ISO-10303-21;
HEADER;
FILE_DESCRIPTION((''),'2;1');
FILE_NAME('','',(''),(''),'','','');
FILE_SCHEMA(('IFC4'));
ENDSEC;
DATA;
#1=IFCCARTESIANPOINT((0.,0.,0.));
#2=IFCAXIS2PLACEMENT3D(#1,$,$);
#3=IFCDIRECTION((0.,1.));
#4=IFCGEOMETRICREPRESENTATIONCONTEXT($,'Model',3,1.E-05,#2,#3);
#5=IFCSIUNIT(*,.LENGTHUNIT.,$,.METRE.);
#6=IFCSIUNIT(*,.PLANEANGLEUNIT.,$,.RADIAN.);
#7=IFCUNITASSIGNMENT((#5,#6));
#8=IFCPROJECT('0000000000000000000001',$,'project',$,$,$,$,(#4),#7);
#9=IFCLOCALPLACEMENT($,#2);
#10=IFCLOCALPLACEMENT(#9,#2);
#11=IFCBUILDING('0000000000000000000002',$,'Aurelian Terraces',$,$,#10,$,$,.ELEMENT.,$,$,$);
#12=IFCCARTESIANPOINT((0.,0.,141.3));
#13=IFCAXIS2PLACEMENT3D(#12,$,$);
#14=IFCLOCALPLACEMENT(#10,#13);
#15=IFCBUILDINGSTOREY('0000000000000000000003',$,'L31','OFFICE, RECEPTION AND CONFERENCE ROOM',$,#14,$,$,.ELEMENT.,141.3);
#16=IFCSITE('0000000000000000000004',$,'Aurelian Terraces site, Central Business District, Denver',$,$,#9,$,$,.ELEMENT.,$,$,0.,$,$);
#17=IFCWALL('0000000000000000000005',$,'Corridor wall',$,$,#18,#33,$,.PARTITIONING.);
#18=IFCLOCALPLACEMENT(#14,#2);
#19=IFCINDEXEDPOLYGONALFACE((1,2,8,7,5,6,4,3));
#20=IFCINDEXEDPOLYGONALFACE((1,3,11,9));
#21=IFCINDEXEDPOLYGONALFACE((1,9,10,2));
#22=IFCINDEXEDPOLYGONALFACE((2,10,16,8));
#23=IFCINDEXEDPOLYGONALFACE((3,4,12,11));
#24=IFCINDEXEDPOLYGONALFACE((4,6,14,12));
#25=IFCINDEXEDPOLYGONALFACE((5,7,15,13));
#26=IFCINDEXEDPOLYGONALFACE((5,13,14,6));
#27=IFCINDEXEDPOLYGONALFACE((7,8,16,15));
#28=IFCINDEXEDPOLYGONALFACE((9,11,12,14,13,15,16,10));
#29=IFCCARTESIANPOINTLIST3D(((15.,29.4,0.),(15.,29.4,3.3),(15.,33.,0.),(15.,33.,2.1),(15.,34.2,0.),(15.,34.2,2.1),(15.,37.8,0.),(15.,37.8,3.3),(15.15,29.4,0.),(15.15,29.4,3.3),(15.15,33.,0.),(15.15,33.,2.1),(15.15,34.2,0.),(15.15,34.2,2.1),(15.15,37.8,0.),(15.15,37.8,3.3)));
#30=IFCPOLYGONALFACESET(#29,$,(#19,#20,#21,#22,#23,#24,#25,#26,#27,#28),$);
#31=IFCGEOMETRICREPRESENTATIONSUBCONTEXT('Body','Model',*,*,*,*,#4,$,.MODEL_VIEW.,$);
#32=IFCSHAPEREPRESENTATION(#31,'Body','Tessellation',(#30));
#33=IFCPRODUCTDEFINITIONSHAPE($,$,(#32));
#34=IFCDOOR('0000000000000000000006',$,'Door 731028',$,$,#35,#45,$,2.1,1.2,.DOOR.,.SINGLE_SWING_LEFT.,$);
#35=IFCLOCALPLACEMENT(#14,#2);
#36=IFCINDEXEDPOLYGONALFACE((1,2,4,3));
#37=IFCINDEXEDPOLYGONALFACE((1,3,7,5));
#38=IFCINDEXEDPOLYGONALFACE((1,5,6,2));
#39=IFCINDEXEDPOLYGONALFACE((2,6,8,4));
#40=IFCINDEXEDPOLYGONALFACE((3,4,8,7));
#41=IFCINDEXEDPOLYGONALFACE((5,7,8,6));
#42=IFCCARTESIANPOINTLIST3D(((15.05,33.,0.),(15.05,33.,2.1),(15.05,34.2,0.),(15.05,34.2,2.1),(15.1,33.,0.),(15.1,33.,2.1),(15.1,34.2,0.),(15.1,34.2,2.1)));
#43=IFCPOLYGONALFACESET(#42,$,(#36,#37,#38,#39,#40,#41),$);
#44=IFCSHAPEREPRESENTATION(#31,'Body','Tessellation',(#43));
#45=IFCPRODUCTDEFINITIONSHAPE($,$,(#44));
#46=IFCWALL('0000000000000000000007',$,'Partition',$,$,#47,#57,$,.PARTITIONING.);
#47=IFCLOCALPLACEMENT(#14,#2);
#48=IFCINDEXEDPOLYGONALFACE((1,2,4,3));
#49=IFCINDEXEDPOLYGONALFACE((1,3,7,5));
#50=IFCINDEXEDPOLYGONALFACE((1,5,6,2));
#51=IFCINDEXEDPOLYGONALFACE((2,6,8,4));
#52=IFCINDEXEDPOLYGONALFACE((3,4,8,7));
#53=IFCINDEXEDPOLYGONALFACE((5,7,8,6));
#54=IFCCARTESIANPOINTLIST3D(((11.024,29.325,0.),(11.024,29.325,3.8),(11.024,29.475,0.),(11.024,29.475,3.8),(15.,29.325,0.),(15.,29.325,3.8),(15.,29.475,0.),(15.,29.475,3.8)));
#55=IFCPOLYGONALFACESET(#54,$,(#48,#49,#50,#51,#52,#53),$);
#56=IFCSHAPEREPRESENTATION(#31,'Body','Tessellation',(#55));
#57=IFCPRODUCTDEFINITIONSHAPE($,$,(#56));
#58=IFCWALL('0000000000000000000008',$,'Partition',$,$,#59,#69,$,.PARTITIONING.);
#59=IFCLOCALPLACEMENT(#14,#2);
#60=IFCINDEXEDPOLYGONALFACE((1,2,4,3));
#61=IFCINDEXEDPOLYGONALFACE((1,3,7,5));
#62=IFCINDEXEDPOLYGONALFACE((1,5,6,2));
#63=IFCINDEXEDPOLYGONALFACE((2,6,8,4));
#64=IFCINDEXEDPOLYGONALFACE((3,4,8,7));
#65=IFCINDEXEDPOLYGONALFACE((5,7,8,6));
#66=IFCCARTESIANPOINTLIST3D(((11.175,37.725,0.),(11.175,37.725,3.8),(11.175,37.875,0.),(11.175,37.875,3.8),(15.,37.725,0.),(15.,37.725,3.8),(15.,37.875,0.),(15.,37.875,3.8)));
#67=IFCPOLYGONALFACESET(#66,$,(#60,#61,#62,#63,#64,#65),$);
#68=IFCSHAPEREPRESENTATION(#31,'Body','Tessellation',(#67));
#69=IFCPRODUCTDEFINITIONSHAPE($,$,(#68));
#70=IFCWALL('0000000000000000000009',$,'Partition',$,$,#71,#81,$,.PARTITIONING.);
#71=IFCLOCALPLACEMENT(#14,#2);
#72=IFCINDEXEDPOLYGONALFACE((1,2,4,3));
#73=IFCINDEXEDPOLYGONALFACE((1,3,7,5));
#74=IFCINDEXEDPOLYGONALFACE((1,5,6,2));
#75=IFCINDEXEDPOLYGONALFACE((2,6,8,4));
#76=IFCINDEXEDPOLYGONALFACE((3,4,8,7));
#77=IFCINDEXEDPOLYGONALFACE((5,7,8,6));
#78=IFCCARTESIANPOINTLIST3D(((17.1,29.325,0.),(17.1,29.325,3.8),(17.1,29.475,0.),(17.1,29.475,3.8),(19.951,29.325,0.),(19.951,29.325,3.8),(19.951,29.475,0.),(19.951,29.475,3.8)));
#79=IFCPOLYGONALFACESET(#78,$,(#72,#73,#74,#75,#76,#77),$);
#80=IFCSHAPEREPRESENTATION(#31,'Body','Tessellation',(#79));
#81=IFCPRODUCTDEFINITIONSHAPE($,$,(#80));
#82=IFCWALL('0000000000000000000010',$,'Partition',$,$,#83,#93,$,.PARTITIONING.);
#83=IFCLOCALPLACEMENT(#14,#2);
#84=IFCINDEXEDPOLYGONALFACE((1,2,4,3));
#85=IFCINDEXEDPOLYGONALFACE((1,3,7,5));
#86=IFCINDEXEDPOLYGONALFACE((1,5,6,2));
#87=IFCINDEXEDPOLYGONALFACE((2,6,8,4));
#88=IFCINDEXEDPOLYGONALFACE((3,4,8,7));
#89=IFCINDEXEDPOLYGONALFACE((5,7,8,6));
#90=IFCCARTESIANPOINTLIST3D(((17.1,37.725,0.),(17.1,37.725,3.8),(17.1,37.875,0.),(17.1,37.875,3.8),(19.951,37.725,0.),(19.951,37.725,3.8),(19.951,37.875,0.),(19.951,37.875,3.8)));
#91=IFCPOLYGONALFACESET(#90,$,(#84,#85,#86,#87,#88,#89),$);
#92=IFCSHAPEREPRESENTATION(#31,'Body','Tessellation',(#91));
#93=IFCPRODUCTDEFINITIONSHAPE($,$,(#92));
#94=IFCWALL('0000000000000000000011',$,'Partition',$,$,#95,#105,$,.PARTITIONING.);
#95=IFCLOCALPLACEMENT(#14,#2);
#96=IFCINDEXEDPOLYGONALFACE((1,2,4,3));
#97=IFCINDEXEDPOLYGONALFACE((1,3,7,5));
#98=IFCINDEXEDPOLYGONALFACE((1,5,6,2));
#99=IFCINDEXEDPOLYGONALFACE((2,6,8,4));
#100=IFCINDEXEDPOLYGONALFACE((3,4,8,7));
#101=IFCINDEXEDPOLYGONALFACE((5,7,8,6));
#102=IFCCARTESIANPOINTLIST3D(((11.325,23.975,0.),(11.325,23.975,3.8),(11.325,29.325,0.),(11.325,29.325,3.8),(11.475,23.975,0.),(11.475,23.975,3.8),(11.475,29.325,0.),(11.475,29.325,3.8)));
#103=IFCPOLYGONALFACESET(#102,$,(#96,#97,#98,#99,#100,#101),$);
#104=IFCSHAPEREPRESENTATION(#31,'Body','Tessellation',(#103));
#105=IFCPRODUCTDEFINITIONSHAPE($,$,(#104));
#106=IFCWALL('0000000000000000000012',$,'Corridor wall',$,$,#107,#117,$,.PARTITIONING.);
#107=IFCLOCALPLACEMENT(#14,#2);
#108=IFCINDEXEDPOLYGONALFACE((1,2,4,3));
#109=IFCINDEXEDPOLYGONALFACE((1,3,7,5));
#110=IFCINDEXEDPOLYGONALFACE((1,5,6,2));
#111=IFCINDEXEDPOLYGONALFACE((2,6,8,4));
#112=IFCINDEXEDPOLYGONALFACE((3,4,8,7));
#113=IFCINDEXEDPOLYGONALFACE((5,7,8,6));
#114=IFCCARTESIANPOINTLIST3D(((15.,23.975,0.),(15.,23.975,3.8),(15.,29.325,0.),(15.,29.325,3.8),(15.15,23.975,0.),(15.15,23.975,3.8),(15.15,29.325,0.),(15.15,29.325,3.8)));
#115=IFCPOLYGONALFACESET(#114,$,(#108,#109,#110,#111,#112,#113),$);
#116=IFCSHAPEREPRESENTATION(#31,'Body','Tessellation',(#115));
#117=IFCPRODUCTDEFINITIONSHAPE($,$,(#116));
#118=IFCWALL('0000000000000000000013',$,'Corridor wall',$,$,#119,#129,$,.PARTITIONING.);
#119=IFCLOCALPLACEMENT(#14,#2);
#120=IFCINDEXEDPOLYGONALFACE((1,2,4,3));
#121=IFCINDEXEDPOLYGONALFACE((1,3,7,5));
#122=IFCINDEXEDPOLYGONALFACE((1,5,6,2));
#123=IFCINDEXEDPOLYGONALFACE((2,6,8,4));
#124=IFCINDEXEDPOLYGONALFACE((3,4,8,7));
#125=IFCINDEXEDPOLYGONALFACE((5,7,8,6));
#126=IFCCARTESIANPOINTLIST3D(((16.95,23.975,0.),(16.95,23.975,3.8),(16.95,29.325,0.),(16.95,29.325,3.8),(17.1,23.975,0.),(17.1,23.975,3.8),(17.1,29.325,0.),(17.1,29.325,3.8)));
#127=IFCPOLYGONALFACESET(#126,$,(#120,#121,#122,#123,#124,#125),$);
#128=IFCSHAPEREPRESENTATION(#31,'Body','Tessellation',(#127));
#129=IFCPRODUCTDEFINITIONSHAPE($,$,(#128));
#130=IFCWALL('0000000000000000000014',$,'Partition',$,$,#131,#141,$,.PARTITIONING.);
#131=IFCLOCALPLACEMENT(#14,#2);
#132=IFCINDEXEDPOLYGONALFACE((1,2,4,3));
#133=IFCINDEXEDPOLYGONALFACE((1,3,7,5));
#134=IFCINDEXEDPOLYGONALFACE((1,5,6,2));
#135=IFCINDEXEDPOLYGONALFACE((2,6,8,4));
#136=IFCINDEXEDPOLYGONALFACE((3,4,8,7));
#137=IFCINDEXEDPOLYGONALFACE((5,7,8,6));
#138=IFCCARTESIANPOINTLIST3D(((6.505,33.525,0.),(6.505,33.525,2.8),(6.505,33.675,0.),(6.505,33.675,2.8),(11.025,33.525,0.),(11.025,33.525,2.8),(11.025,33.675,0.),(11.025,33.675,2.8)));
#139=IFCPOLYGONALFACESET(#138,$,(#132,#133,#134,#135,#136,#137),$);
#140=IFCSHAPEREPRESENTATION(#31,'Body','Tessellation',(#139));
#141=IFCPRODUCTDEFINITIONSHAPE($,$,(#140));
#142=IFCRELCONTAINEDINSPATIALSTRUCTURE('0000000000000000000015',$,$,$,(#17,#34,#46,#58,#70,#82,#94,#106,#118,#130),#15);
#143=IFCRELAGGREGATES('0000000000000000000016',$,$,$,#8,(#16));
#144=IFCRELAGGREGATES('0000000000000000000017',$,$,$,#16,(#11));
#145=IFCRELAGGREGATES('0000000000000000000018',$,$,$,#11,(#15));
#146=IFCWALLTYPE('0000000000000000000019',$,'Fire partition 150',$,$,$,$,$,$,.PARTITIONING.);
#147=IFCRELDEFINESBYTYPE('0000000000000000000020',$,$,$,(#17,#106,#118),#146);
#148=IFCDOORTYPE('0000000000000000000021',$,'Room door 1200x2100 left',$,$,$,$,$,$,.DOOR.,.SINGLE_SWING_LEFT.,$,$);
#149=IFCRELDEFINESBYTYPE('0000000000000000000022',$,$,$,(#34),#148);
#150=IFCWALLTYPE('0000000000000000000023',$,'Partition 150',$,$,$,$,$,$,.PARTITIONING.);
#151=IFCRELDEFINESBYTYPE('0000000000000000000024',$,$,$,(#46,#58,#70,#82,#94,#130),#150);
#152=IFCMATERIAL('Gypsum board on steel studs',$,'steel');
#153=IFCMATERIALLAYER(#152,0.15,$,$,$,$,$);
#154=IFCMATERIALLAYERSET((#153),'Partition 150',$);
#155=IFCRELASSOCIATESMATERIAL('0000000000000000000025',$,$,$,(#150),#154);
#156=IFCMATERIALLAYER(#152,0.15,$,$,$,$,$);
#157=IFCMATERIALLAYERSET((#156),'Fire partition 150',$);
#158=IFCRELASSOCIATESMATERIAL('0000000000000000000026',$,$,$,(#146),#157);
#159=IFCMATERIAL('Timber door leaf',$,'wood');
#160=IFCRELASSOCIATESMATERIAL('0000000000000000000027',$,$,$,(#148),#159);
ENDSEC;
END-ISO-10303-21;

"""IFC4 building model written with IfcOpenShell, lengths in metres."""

from ifc_helpers import new_model, si_unit, direction, frame, frame_2d, origin, place, context, subcontext, project, spatial, rectangle, extrude, source, transform, mapped, material, layer, layer_set, type_object, element, fill, save


model = new_model("IFC4")

# Units and contexts
model_context = context("Model", 3, precision=1e-05, world=origin(), true_north=direction((0.0, 1.0)))
body_context = subcontext(model_context, "Body", "Model", "MODEL_VIEW")
ifc_project = project(units=[si_unit("LENGTHUNIT", "METRE"), si_unit("PLANEANGLEUNIT", "RADIAN")], contexts=[model_context])

# Site, building, storey
site_placement = place(None, origin())
site = spatial("IfcSite", under=ifc_project, at=site_placement, Name="Aurelian Terraces site, Central Business District, Denver", CompositionType="ELEMENT", RefElevation=0.0)
building_placement = place(site_placement, origin())
building = spatial("IfcBuilding", under=site, at=building_placement, Name="Aurelian Terraces", CompositionType="ELEMENT")
storey_placement = place(building_placement, frame((0.0, 0.0, 141.3)))
storey = spatial("IfcBuildingStorey", under=building, at=storey_placement, Name="L31", Description="OFFICE, RECEPTION AND CONFERENCE ROOM", CompositionType="ELEMENT", Elevation=141.3)

# Shared definitions
ifc_material_1 = material(Name="Gypsum board on steel studs", Category="steel")
ifc_layer_1 = layer(ifc_material_1, 0.15)
ifc_layer_set_1 = layer_set([ifc_layer_1], Name="Partition 150")
wall_type_1 = type_object("IfcWallType", Name="Partition 150", PredefinedType="PARTITIONING", material=ifc_layer_set_1)
ifc_material_2 = material(Name="Timber door leaf", Category="wood")

# Shared definitions
shared_shape_1 = source(origin(), body_context, "Body", "SweptSolid", [
    extrude(rectangle(XDim=8.4, YDim=0.15, at=frame_2d((4.2, 0.0))), origin(), (0.0, 0.0, 1.0), 3.3),
])

# Wall, opening, door
ifc_layer_2 = layer(ifc_material_1, 0.15)
ifc_layer_set_2 = layer_set([ifc_layer_2], Name="Fire partition 150")
wall_type_2 = type_object("IfcWallType", Name="Fire partition 150", PredefinedType="PARTITIONING", material=ifc_layer_set_2)
wall_1_placement = place(storey_placement, frame((15.075, 29.4, 0.0), z_axis=(0.0, 0.0, 1.0), x_axis=(0.0, 1.0, 0.0)))
wall_1 = element("IfcWall", 1, at=wall_1_placement, inside=storey, type_object=wall_type_2, Name="Corridor wall", PredefinedType="PARTITIONING", context=body_context, shape_type="MappedRepresentation", body=[
    mapped(shared_shape_1, transform((0.0, 0.0, 0.0), scale=1.0)),
])
shared_shape_2 = source(origin(), body_context, "Body", "SweptSolid", [
    extrude(rectangle(XDim=1.2, YDim=2.1, at=frame_2d((0.6, 1.05))), frame((0.0, 0.085, 0.0), z_axis=(0.0, -1.0, 0.0), x_axis=(1.0, 0.0, 0.0)), (0.0, 0.0, 1.0), 0.17),
])
opening_1_placement = place(wall_1_placement, frame((3.6, 0.0, 0.0)))
opening_1 = element("IfcOpeningElement", 2, at=opening_1_placement, cuts=wall_1, PredefinedType="OPENING", context=body_context, shape_type="MappedRepresentation", body=[
    mapped(shared_shape_2, transform((0.0, 0.0, 0.0), scale=1.0)),
])
door_type_1 = type_object("IfcDoorType", Name="Room door 1200x2100 left", OperationType="SINGLE_SWING_LEFT", PredefinedType="DOOR", material=ifc_material_2)
shared_shape_3 = source(origin(), body_context, "Body", "SweptSolid", [
    extrude(rectangle(XDim=1.2, YDim=2.1, at=frame_2d((0.6, 1.05))), frame((0.0, 0.025, 0.0), z_axis=(0.0, -1.0, 0.0), x_axis=(1.0, 0.0, 0.0)), (0.0, 0.0, 1.0), 0.05),
])
door_1_placement = place(opening_1_placement, origin())
door_1 = element("IfcDoor", 3, at=door_1_placement, inside=storey, type_object=door_type_1, Name="Door 731028", OperationType="SINGLE_SWING_LEFT", OverallHeight=2.1, OverallWidth=1.2, PredefinedType="DOOR", context=body_context, shape_type="MappedRepresentation", body=[
    mapped(shared_shape_3, transform((0.0, 0.0, 0.0), scale=1.0)),
])
fill(opening_1, door_1)

# Walls
shared_shape_4 = source(origin(), body_context, "Body", "SweptSolid", [
    extrude(rectangle(XDim=3.976, YDim=0.15, at=frame_2d((1.988, 0.0))), origin(), (0.0, 0.0, 1.0), 3.8),
])
wall_2_placement = place(storey_placement, frame((15.0, 29.4, 0.0), z_axis=(0.0, 0.0, 1.0), x_axis=(-1.0, 0.0, 0.0)))
element("IfcWall", 4, at=wall_2_placement, inside=storey, type_object=wall_type_1, Name="Partition", PredefinedType="PARTITIONING", context=body_context, shape_type="MappedRepresentation", body=[
    mapped(shared_shape_4, transform((0.0, 0.0, 0.0), scale=1.0)),
])
shared_shape_5 = source(origin(), body_context, "Body", "SweptSolid", [
    extrude(rectangle(XDim=3.825, YDim=0.15, at=frame_2d((1.9125, 0.0))), origin(), (0.0, 0.0, 1.0), 3.8),
])
wall_3_placement = place(storey_placement, frame((15.0, 37.8, 0.0), z_axis=(0.0, 0.0, 1.0), x_axis=(-1.0, 0.0, 0.0)))
element("IfcWall", 5, at=wall_3_placement, inside=storey, type_object=wall_type_1, Name="Partition", PredefinedType="PARTITIONING", context=body_context, shape_type="MappedRepresentation", body=[
    mapped(shared_shape_5, transform((0.0, 0.0, 0.0), scale=1.0)),
])
shared_shape_6 = source(origin(), body_context, "Body", "SweptSolid", [
    extrude(rectangle(XDim=2.851, YDim=0.15, at=frame_2d((1.4255, 0.0))), origin(), (0.0, 0.0, 1.0), 3.8),
])
for number, where, z_axis, x_axis, name in (
    (6, (19.951, 29.4, 0.0), (0.0, 0.0, 1.0), (-1.0, 0.0, 0.0), "Partition"),
    (7, (19.951, 37.8, 0.0), (0.0, 0.0, 1.0), (-1.0, 0.0, 0.0), "Partition"),
):
    element("IfcWall", number, at=place(storey_placement, frame(where, z_axis=z_axis, x_axis=x_axis)), inside=storey, type_object=wall_type_1, Name=name, PredefinedType="PARTITIONING", context=body_context, shape_type="MappedRepresentation", body=[
        mapped(shared_shape_6, transform((0.0, 0.0, 0.0), scale=1.0)),
    ])
shared_shape_7 = source(origin(), body_context, "Body", "SweptSolid", [
    extrude(rectangle(XDim=5.35, YDim=0.15, at=frame_2d((2.675, 0.0))), origin(), (0.0, 0.0, 1.0), 3.8),
])
wall_4_placement = place(storey_placement, frame((11.4, 23.975, 0.0), z_axis=(0.0, 0.0, 1.0), x_axis=(0.0, 1.0, 0.0)))
element("IfcWall", 8, at=wall_4_placement, inside=storey, type_object=wall_type_1, Name="Partition", PredefinedType="PARTITIONING", context=body_context, shape_type="MappedRepresentation", body=[
    mapped(shared_shape_7, transform((0.0, 0.0, 0.0), scale=1.0)),
])
for number, where, z_axis, x_axis, name in (
    (9, (15.075, 23.975, 0.0), (0.0, 0.0, 1.0), (0.0, 1.0, 0.0), "Corridor wall"),
    (10, (17.025, 29.325, 0.0), (0.0, 0.0, 1.0), (0.0, -1.0, 0.0), "Corridor wall"),
):
    element("IfcWall", number, at=place(storey_placement, frame(where, z_axis=z_axis, x_axis=x_axis)), inside=storey, type_object=wall_type_2, Name=name, PredefinedType="PARTITIONING", context=body_context, shape_type="MappedRepresentation", body=[
        mapped(shared_shape_7, transform((0.0, 0.0, 0.0), scale=1.0)),
    ])
shared_shape_8 = source(origin(), body_context, "Body", "SweptSolid", [
    extrude(rectangle(XDim=4.52, YDim=0.15, at=frame_2d((2.26, 0.0))), origin(), (0.0, 0.0, 1.0), 2.8),
])
wall_5_placement = place(storey_placement, frame((11.025, 33.6, 0.0), z_axis=(0.0, 0.0, 1.0), x_axis=(-1.0, 0.0, 0.0)))
element("IfcWall", 11, at=wall_5_placement, inside=storey, type_object=wall_type_1, Name="Partition", PredefinedType="PARTITIONING", context=body_context, shape_type="MappedRepresentation", body=[
    mapped(shared_shape_8, transform((0.0, 0.0, 0.0), scale=1.0)),
])

save(model, "model.ifc")
